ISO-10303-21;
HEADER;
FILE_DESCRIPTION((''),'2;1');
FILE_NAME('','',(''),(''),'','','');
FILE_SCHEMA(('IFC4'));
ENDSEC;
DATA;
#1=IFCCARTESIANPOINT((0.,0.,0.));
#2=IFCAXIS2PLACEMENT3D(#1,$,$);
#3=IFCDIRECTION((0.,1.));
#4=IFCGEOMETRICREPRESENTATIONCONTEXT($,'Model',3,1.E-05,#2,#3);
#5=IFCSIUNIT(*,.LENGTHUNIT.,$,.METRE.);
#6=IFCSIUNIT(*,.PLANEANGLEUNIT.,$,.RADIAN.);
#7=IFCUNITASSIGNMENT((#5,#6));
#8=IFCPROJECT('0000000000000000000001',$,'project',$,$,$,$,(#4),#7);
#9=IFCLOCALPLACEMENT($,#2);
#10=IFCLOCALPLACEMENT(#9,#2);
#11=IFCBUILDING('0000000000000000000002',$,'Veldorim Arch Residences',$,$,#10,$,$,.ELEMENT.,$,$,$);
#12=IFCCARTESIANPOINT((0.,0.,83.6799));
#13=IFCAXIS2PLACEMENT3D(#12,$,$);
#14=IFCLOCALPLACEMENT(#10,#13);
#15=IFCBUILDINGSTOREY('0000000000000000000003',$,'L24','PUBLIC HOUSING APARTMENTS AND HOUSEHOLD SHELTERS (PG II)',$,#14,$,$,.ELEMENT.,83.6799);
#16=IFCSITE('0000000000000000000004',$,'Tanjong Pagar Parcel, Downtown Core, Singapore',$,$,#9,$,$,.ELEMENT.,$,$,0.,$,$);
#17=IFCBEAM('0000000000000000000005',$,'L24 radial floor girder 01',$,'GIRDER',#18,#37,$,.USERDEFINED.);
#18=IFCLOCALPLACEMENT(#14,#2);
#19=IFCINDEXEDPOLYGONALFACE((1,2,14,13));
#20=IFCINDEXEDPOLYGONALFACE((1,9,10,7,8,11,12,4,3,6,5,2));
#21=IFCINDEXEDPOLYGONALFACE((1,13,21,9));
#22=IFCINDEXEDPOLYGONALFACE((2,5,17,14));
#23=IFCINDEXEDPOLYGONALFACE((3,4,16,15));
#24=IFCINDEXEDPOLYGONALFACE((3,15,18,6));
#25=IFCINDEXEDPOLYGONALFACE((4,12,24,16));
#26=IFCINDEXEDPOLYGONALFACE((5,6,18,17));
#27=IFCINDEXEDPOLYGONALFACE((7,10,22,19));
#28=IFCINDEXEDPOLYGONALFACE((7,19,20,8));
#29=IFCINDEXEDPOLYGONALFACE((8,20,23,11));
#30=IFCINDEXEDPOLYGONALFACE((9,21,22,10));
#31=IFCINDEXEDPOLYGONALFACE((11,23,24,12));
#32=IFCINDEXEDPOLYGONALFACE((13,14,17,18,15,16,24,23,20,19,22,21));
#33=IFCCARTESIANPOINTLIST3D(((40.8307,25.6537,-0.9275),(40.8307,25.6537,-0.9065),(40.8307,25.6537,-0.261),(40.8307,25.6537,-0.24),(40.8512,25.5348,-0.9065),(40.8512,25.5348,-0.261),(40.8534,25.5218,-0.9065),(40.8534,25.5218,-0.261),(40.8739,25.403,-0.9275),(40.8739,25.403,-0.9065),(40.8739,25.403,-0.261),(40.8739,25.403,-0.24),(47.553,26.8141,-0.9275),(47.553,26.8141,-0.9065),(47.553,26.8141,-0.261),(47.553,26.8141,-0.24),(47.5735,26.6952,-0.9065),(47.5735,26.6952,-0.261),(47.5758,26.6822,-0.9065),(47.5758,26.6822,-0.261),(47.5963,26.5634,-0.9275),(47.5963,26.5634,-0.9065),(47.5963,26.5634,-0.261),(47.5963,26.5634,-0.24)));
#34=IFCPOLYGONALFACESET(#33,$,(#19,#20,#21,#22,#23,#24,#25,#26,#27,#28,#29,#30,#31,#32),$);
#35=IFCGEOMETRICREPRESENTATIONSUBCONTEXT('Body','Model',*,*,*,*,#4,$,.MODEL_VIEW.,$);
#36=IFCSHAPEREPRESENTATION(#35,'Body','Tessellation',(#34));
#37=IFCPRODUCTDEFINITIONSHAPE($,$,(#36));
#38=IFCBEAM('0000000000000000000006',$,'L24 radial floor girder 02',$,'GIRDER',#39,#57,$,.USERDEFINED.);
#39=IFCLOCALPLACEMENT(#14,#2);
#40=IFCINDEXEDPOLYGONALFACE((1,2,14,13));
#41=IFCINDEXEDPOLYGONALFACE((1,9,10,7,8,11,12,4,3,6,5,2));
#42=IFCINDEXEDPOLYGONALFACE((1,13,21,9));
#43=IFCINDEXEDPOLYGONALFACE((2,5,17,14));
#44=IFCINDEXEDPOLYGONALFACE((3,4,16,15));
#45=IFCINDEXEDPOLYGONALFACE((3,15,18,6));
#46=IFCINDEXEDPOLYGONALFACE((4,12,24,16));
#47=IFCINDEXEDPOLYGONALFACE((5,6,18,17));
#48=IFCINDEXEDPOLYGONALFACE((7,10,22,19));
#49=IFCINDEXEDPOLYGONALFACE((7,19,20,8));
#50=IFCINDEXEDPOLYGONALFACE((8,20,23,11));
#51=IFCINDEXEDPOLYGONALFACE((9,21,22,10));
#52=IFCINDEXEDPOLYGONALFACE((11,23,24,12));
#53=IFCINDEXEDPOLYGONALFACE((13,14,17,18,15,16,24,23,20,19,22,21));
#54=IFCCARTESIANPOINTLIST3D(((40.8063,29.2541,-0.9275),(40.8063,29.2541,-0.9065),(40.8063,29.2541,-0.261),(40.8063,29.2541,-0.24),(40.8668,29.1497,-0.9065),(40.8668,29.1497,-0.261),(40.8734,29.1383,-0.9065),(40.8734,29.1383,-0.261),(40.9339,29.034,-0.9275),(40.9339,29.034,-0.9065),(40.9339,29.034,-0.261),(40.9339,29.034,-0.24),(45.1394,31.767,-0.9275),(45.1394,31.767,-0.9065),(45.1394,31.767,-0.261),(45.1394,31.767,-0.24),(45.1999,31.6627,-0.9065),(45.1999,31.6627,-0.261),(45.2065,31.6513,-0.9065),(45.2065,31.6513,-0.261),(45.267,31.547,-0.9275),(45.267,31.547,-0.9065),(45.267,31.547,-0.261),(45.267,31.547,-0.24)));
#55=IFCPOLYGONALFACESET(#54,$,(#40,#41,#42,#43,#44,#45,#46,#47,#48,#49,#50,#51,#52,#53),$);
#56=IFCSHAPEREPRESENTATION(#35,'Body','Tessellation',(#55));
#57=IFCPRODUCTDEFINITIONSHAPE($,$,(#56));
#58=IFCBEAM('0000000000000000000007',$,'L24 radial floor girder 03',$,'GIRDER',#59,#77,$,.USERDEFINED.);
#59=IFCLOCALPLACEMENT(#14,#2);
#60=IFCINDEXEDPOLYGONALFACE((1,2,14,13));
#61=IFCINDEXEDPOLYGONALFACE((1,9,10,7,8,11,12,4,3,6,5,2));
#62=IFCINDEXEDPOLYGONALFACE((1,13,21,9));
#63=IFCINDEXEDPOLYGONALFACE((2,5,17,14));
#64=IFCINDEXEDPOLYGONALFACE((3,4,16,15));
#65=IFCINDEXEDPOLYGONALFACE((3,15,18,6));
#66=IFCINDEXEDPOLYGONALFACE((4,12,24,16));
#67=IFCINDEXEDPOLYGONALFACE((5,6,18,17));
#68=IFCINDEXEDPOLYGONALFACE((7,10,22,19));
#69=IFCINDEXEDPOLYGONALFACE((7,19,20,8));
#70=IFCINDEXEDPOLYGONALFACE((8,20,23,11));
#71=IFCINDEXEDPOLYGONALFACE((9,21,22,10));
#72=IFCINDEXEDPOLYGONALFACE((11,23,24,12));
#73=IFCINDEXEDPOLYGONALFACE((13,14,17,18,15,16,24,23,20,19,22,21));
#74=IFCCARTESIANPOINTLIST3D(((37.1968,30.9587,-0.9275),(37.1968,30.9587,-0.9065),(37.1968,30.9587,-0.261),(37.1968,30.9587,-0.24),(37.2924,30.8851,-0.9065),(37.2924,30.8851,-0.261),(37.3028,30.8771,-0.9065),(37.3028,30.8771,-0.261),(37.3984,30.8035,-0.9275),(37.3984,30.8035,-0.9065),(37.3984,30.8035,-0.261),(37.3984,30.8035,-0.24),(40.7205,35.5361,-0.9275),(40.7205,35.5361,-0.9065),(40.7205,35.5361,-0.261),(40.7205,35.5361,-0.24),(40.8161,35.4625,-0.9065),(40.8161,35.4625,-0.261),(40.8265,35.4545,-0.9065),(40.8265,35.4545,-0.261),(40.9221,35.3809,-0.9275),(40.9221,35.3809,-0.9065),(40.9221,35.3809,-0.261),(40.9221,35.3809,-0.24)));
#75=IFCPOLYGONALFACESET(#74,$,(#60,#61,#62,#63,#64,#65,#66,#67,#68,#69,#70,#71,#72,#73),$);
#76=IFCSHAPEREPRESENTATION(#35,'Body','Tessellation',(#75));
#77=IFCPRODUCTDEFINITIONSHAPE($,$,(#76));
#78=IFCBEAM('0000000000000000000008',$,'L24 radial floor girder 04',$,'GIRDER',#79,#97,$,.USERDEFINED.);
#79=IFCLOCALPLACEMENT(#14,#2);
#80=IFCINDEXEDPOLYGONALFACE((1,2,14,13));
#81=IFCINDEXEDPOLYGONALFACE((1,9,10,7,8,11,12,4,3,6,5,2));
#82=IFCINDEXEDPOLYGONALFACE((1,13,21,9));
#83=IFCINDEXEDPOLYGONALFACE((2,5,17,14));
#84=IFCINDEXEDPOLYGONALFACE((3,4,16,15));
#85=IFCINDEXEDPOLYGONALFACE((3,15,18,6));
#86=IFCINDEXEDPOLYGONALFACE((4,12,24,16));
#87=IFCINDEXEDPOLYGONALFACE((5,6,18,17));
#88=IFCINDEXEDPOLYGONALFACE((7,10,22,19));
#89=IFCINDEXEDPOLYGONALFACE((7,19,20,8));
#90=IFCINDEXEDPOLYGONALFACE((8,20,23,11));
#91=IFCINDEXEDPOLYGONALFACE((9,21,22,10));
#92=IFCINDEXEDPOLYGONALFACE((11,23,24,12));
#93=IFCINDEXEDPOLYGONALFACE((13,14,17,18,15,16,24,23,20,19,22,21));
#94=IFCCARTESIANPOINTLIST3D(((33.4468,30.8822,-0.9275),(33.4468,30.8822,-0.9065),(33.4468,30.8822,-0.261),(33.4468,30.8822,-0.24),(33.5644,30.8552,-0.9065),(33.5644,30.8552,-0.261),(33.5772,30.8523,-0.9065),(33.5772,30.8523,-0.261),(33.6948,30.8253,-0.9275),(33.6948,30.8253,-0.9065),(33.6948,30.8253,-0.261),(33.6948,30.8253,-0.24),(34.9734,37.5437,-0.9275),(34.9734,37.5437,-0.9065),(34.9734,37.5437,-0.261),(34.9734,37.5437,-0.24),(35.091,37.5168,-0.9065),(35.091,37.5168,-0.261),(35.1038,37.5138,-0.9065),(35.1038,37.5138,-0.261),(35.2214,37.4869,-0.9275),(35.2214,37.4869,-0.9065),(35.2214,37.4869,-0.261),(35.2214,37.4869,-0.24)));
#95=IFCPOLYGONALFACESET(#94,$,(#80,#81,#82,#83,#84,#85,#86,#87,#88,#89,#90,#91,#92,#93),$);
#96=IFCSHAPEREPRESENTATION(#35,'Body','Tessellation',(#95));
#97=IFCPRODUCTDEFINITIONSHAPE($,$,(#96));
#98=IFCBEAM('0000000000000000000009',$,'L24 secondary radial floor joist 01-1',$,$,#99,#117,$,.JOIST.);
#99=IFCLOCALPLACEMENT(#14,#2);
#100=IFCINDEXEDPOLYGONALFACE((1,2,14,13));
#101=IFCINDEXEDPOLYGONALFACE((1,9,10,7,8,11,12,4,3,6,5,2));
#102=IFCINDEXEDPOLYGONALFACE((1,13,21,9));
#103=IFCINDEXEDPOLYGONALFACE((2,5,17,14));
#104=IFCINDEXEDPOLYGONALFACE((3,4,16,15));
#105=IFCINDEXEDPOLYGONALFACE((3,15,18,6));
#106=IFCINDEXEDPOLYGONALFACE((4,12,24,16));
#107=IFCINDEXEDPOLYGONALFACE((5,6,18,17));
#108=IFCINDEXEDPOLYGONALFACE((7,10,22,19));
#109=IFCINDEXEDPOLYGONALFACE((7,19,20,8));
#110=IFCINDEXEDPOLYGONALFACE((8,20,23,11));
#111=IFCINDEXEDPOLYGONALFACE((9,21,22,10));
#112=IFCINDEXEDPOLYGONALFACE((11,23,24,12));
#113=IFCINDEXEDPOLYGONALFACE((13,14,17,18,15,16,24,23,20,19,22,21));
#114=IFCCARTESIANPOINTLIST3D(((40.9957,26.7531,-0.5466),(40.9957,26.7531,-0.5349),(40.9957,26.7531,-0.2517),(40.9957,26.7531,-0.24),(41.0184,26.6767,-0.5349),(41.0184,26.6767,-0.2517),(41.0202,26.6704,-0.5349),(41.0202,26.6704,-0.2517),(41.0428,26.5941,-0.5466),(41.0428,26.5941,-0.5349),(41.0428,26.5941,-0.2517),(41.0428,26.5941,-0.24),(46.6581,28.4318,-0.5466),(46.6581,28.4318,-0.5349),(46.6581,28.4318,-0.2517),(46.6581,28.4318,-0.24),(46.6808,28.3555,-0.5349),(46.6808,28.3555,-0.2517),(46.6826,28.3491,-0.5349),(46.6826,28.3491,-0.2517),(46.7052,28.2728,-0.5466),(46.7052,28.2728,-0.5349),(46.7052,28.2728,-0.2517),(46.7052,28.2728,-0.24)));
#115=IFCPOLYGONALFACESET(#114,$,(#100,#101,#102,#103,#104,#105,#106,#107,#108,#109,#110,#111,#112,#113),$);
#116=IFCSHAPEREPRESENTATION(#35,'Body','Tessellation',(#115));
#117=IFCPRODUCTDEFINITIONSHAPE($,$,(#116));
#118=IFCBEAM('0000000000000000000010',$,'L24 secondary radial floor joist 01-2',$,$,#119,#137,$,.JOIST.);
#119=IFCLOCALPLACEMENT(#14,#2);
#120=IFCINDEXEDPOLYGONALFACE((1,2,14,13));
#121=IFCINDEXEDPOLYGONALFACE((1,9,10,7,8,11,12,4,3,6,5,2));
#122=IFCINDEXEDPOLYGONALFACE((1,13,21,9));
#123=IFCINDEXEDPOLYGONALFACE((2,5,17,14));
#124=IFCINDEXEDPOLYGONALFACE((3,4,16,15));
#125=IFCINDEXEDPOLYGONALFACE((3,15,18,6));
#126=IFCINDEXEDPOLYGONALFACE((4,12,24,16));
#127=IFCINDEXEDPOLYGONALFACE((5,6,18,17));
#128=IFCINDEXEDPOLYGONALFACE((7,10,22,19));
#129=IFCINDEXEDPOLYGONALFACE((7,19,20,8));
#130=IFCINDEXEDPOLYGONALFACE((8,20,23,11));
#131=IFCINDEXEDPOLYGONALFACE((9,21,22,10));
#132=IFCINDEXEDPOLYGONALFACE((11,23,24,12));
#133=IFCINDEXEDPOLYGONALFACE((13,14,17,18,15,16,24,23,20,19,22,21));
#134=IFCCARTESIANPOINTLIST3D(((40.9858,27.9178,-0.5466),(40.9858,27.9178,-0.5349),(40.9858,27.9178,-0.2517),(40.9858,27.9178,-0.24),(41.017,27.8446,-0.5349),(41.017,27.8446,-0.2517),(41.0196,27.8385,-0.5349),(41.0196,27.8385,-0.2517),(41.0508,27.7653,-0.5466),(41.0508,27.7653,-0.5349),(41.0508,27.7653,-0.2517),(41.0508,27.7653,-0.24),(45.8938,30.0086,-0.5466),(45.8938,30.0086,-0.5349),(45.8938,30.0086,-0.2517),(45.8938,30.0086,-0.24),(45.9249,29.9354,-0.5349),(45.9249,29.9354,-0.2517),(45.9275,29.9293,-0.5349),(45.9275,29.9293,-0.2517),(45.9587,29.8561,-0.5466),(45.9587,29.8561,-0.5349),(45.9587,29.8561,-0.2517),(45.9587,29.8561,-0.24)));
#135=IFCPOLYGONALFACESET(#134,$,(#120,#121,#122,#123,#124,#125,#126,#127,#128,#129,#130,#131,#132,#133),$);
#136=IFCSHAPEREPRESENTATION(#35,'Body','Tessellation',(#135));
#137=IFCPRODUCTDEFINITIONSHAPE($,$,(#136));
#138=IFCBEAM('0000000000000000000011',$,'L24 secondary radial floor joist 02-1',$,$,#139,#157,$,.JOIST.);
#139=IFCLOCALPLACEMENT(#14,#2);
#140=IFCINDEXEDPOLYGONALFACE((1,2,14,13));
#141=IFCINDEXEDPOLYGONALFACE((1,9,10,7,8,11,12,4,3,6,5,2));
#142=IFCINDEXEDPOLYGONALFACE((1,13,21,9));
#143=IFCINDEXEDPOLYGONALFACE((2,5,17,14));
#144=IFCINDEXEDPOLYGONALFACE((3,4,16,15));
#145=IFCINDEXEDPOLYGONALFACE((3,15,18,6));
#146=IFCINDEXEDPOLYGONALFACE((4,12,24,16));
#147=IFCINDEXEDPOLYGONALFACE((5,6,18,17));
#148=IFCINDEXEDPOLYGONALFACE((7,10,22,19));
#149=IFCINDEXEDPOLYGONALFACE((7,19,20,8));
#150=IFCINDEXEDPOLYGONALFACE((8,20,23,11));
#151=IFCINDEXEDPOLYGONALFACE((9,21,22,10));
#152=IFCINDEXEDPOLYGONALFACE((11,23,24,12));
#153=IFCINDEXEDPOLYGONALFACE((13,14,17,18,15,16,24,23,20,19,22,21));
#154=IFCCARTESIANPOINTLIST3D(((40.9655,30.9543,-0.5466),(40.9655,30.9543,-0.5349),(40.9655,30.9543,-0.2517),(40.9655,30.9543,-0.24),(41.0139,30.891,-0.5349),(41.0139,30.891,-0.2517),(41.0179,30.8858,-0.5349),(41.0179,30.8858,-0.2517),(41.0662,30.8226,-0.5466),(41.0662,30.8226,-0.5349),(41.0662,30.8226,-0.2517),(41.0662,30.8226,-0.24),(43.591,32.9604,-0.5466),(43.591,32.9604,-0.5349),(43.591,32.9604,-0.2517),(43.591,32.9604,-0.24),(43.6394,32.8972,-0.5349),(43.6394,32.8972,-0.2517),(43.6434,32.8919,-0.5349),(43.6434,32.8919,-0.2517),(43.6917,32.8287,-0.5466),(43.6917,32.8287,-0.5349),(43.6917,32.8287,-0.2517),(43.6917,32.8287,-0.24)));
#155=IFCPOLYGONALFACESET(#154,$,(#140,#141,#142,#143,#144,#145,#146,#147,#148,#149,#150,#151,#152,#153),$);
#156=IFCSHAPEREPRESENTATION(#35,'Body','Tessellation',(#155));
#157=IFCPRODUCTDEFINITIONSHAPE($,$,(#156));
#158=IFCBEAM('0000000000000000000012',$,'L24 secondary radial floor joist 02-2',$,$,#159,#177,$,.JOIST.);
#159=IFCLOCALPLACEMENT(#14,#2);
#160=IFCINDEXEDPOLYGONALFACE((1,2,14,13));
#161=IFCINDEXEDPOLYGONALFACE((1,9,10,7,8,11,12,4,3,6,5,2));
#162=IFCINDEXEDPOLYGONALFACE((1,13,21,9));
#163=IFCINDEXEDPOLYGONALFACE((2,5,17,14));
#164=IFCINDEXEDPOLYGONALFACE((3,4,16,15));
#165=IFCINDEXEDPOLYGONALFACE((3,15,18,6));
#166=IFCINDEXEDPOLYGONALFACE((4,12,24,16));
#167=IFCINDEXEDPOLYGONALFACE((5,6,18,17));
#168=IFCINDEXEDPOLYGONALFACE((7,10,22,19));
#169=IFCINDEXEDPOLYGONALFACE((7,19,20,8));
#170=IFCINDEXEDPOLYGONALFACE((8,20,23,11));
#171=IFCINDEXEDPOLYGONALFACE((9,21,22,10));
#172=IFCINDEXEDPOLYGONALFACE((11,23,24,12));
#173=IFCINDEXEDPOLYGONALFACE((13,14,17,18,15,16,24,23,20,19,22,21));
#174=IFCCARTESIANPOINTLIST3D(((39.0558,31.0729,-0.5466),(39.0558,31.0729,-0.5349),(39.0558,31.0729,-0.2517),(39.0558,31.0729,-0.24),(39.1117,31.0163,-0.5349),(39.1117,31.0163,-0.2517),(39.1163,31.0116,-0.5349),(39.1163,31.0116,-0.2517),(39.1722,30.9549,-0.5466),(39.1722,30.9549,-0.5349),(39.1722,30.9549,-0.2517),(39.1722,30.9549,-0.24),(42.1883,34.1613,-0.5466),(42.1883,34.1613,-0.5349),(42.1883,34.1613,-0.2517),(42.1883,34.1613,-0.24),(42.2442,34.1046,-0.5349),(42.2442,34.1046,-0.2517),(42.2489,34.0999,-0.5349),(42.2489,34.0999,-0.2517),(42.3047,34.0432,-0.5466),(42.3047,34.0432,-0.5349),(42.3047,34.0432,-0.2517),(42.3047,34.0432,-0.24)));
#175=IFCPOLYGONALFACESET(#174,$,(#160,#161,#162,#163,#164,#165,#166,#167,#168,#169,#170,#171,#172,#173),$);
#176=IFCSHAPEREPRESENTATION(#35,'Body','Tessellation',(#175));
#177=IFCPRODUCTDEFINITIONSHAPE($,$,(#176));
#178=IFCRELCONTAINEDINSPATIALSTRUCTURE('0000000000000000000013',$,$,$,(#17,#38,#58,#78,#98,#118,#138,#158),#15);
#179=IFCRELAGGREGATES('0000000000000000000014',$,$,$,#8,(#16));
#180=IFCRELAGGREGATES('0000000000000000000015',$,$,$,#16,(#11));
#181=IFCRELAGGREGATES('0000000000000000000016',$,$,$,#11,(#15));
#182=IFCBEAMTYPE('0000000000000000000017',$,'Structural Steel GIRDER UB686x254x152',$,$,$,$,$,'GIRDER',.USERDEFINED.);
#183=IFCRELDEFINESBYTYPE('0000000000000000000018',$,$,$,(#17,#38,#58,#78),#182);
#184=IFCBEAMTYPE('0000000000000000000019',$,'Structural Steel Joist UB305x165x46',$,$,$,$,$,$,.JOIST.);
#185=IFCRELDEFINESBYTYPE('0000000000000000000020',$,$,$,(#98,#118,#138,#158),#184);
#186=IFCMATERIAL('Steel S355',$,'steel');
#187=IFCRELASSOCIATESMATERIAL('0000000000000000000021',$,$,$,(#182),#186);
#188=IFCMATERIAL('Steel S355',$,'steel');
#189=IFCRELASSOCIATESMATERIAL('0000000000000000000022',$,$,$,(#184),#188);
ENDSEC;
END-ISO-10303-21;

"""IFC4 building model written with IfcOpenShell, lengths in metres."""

from ifc_helpers import new_model, si_unit, direction, frame, origin, origin_2d, place, context, subcontext, project, spatial, i_section, extrude, material, material_profile, profile_set, type_object, element, save


model = new_model("IFC4")

# Units and contexts
model_context = context("Model", 3, precision=1e-05, world=origin(), true_north=direction((0.0, 1.0)))
body_context = subcontext(model_context, "Body", "Model", "MODEL_VIEW")
ifc_project = project(units=[si_unit("LENGTHUNIT", "METRE"), si_unit("PLANEANGLEUNIT", "RADIAN")], contexts=[model_context])

# Site, building, storey
site_placement = place(None, origin())
site = spatial("IfcSite", under=ifc_project, at=site_placement, Name="Tanjong Pagar Parcel, Downtown Core, Singapore", CompositionType="ELEMENT", RefElevation=0.0)
building_placement = place(site_placement, origin())
building = spatial("IfcBuilding", under=site, at=building_placement, Name="Veldorim Arch Residences", CompositionType="ELEMENT")
storey_placement = place(building_placement, frame((0.0, 0.0, 83.6799)))
storey = spatial("IfcBuildingStorey", under=building, at=storey_placement, Name="L24", Description="PUBLIC HOUSING APARTMENTS AND HOUSEHOLD SHELTERS (PG II)", CompositionType="ELEMENT", Elevation=83.6799)

# Beams
ifc_material_1 = material(Name="Steel S355", Category="steel")
ifc_material_profile_1 = material_profile(ifc_material_1, i_section(OverallWidth=0.2544, OverallDepth=0.6875, WebThickness=0.0132, FlangeThickness=0.021, at=origin_2d()), Name="UB686x254x152")
ifc_profile_set_1 = profile_set([ifc_material_profile_1], Name="Steel S355")
beam_type_1 = type_object("IfcBeamType", Name="Structural Steel GIRDER UB686x254x152", ElementType="GIRDER", PredefinedType="USERDEFINED", material=ifc_profile_set_1)
beam_1_placement = place(storey_placement, frame((40.8523, 25.5283, -0.5837), z_axis=(0.985427, 0.170101, 0.0), x_axis=(-0.170101, 0.985427, 0.0)))
element("IfcBeam", 1, at=beam_1_placement, inside=storey, type_object=beam_type_1, Name="L24 radial floor girder 01", ObjectType="GIRDER", PredefinedType="USERDEFINED", context=body_context, shape_type="SweptSolid", body=[
    extrude(i_section(OverallWidth=0.2544, OverallDepth=0.6875, WebThickness=0.0132, FlangeThickness=0.021, at=origin_2d()), origin(), (0.0, 0.0, 1.0), 6.8218),
])
beam_2_placement = place(storey_placement, frame((40.8701, 29.144, -0.5837), z_axis=(0.865049, 0.501687, 0.0), x_axis=(-0.501687, 0.865049, 0.0)))
element("IfcBeam", 2, at=beam_2_placement, inside=storey, type_object=beam_type_1, Name="L24 radial floor girder 02", ObjectType="GIRDER", PredefinedType="USERDEFINED", context=body_context, shape_type="SweptSolid", body=[
    extrude(i_section(OverallWidth=0.2544, OverallDepth=0.6875, WebThickness=0.0132, FlangeThickness=0.021, at=origin_2d()), origin(), (0.0, 0.0, 1.0), 5.009),
])
beam_3_placement = place(storey_placement, frame((37.2976, 30.8811, -0.5837), z_axis=(0.609995, 0.792406, 0.0), x_axis=(-0.792406, 0.609995, 0.0)))
element("IfcBeam", 3, at=beam_3_placement, inside=storey, type_object=beam_type_1, Name="L24 radial floor girder 03", ObjectType="GIRDER", PredefinedType="USERDEFINED", context=body_context, shape_type="SweptSolid", body=[
    extrude(i_section(OverallWidth=0.2544, OverallDepth=0.6875, WebThickness=0.0132, FlangeThickness=0.021, at=origin_2d()), origin(), (0.0, 0.0, 1.0), 5.7766),
])
beam_4_placement = place(storey_placement, frame((33.5708, 30.8538, -0.5837), z_axis=(0.223375, 0.974733, 0.0), x_axis=(-0.974733, 0.223375, 0.0)))
element("IfcBeam", 4, at=beam_4_placement, inside=storey, type_object=beam_type_1, Name="L24 radial floor girder 04", ObjectType="GIRDER", PredefinedType="USERDEFINED", context=body_context, shape_type="SweptSolid", body=[
    extrude(i_section(OverallWidth=0.2544, OverallDepth=0.6875, WebThickness=0.0132, FlangeThickness=0.021, at=origin_2d()), origin(), (0.0, 0.0, 1.0), 6.8342),
])
ifc_material_2 = material(Name="Steel S355", Category="steel")
ifc_material_profile_2 = material_profile(ifc_material_2, i_section(OverallWidth=0.1658, OverallDepth=0.3066, WebThickness=0.0066, FlangeThickness=0.0117, at=origin_2d()), Name="UB305x165x46")
ifc_profile_set_2 = profile_set([ifc_material_profile_2], Name="Steel S355")
beam_type_2 = type_object("IfcBeamType", Name="Structural Steel Joist UB305x165x46", PredefinedType="JOIST", material=ifc_profile_set_2)
beam_5_placement = place(storey_placement, frame((41.0193, 26.6736, -0.3933), z_axis=(0.958753, 0.28424, 0.0), x_axis=(-0.28424, 0.958753, 0.0)))
element("IfcBeam", 5, at=beam_5_placement, inside=storey, type_object=beam_type_2, Name="L24 secondary radial floor joist 01-1", PredefinedType="JOIST", context=body_context, shape_type="SweptSolid", body=[
    extrude(i_section(OverallWidth=0.1658, OverallDepth=0.3066, WebThickness=0.0066, FlangeThickness=0.0117, at=origin_2d()), origin(), (0.0, 0.0, 1.0), 5.906),
])
beam_6_placement = place(storey_placement, frame((41.0183, 27.8416, -0.3933), z_axis=(0.919997, 0.391924, 0.0), x_axis=(-0.391924, 0.919997, 0.0)))
element("IfcBeam", 6, at=beam_6_placement, inside=storey, type_object=beam_type_2, Name="L24 secondary radial floor joist 01-2", PredefinedType="JOIST", context=body_context, shape_type="SweptSolid", body=[
    extrude(i_section(OverallWidth=0.1658, OverallDepth=0.3066, WebThickness=0.0066, FlangeThickness=0.0117, at=origin_2d()), origin(), (0.0, 0.0, 1.0), 5.3347),
])
beam_7_placement = place(storey_placement, frame((41.0159, 30.8884, -0.3933), z_axis=(0.794595, 0.60714, 0.0), x_axis=(-0.60714, 0.794595, 0.0)))
element("IfcBeam", 7, at=beam_7_placement, inside=storey, type_object=beam_type_2, Name="L24 secondary radial floor joist 02-1", PredefinedType="JOIST", context=body_context, shape_type="SweptSolid", body=[
    extrude(i_section(OverallWidth=0.1658, OverallDepth=0.3066, WebThickness=0.0066, FlangeThickness=0.0117, at=origin_2d()), origin(), (0.0, 0.0, 1.0), 3.3042),
])
beam_8_placement = place(storey_placement, frame((39.114, 31.0139, -0.3933), z_axis=(0.712112, 0.702066, 0.0), x_axis=(-0.702066, 0.712112, 0.0)))
element("IfcBeam", 8, at=beam_8_placement, inside=storey, type_object=beam_type_2, Name="L24 secondary radial floor joist 02-2", PredefinedType="JOIST", context=body_context, shape_type="SweptSolid", body=[
    extrude(i_section(OverallWidth=0.1658, OverallDepth=0.3066, WebThickness=0.0066, FlangeThickness=0.0117, at=origin_2d()), origin(), (0.0, 0.0, 1.0), 4.3989),
])

save(model, "model.ifc")
